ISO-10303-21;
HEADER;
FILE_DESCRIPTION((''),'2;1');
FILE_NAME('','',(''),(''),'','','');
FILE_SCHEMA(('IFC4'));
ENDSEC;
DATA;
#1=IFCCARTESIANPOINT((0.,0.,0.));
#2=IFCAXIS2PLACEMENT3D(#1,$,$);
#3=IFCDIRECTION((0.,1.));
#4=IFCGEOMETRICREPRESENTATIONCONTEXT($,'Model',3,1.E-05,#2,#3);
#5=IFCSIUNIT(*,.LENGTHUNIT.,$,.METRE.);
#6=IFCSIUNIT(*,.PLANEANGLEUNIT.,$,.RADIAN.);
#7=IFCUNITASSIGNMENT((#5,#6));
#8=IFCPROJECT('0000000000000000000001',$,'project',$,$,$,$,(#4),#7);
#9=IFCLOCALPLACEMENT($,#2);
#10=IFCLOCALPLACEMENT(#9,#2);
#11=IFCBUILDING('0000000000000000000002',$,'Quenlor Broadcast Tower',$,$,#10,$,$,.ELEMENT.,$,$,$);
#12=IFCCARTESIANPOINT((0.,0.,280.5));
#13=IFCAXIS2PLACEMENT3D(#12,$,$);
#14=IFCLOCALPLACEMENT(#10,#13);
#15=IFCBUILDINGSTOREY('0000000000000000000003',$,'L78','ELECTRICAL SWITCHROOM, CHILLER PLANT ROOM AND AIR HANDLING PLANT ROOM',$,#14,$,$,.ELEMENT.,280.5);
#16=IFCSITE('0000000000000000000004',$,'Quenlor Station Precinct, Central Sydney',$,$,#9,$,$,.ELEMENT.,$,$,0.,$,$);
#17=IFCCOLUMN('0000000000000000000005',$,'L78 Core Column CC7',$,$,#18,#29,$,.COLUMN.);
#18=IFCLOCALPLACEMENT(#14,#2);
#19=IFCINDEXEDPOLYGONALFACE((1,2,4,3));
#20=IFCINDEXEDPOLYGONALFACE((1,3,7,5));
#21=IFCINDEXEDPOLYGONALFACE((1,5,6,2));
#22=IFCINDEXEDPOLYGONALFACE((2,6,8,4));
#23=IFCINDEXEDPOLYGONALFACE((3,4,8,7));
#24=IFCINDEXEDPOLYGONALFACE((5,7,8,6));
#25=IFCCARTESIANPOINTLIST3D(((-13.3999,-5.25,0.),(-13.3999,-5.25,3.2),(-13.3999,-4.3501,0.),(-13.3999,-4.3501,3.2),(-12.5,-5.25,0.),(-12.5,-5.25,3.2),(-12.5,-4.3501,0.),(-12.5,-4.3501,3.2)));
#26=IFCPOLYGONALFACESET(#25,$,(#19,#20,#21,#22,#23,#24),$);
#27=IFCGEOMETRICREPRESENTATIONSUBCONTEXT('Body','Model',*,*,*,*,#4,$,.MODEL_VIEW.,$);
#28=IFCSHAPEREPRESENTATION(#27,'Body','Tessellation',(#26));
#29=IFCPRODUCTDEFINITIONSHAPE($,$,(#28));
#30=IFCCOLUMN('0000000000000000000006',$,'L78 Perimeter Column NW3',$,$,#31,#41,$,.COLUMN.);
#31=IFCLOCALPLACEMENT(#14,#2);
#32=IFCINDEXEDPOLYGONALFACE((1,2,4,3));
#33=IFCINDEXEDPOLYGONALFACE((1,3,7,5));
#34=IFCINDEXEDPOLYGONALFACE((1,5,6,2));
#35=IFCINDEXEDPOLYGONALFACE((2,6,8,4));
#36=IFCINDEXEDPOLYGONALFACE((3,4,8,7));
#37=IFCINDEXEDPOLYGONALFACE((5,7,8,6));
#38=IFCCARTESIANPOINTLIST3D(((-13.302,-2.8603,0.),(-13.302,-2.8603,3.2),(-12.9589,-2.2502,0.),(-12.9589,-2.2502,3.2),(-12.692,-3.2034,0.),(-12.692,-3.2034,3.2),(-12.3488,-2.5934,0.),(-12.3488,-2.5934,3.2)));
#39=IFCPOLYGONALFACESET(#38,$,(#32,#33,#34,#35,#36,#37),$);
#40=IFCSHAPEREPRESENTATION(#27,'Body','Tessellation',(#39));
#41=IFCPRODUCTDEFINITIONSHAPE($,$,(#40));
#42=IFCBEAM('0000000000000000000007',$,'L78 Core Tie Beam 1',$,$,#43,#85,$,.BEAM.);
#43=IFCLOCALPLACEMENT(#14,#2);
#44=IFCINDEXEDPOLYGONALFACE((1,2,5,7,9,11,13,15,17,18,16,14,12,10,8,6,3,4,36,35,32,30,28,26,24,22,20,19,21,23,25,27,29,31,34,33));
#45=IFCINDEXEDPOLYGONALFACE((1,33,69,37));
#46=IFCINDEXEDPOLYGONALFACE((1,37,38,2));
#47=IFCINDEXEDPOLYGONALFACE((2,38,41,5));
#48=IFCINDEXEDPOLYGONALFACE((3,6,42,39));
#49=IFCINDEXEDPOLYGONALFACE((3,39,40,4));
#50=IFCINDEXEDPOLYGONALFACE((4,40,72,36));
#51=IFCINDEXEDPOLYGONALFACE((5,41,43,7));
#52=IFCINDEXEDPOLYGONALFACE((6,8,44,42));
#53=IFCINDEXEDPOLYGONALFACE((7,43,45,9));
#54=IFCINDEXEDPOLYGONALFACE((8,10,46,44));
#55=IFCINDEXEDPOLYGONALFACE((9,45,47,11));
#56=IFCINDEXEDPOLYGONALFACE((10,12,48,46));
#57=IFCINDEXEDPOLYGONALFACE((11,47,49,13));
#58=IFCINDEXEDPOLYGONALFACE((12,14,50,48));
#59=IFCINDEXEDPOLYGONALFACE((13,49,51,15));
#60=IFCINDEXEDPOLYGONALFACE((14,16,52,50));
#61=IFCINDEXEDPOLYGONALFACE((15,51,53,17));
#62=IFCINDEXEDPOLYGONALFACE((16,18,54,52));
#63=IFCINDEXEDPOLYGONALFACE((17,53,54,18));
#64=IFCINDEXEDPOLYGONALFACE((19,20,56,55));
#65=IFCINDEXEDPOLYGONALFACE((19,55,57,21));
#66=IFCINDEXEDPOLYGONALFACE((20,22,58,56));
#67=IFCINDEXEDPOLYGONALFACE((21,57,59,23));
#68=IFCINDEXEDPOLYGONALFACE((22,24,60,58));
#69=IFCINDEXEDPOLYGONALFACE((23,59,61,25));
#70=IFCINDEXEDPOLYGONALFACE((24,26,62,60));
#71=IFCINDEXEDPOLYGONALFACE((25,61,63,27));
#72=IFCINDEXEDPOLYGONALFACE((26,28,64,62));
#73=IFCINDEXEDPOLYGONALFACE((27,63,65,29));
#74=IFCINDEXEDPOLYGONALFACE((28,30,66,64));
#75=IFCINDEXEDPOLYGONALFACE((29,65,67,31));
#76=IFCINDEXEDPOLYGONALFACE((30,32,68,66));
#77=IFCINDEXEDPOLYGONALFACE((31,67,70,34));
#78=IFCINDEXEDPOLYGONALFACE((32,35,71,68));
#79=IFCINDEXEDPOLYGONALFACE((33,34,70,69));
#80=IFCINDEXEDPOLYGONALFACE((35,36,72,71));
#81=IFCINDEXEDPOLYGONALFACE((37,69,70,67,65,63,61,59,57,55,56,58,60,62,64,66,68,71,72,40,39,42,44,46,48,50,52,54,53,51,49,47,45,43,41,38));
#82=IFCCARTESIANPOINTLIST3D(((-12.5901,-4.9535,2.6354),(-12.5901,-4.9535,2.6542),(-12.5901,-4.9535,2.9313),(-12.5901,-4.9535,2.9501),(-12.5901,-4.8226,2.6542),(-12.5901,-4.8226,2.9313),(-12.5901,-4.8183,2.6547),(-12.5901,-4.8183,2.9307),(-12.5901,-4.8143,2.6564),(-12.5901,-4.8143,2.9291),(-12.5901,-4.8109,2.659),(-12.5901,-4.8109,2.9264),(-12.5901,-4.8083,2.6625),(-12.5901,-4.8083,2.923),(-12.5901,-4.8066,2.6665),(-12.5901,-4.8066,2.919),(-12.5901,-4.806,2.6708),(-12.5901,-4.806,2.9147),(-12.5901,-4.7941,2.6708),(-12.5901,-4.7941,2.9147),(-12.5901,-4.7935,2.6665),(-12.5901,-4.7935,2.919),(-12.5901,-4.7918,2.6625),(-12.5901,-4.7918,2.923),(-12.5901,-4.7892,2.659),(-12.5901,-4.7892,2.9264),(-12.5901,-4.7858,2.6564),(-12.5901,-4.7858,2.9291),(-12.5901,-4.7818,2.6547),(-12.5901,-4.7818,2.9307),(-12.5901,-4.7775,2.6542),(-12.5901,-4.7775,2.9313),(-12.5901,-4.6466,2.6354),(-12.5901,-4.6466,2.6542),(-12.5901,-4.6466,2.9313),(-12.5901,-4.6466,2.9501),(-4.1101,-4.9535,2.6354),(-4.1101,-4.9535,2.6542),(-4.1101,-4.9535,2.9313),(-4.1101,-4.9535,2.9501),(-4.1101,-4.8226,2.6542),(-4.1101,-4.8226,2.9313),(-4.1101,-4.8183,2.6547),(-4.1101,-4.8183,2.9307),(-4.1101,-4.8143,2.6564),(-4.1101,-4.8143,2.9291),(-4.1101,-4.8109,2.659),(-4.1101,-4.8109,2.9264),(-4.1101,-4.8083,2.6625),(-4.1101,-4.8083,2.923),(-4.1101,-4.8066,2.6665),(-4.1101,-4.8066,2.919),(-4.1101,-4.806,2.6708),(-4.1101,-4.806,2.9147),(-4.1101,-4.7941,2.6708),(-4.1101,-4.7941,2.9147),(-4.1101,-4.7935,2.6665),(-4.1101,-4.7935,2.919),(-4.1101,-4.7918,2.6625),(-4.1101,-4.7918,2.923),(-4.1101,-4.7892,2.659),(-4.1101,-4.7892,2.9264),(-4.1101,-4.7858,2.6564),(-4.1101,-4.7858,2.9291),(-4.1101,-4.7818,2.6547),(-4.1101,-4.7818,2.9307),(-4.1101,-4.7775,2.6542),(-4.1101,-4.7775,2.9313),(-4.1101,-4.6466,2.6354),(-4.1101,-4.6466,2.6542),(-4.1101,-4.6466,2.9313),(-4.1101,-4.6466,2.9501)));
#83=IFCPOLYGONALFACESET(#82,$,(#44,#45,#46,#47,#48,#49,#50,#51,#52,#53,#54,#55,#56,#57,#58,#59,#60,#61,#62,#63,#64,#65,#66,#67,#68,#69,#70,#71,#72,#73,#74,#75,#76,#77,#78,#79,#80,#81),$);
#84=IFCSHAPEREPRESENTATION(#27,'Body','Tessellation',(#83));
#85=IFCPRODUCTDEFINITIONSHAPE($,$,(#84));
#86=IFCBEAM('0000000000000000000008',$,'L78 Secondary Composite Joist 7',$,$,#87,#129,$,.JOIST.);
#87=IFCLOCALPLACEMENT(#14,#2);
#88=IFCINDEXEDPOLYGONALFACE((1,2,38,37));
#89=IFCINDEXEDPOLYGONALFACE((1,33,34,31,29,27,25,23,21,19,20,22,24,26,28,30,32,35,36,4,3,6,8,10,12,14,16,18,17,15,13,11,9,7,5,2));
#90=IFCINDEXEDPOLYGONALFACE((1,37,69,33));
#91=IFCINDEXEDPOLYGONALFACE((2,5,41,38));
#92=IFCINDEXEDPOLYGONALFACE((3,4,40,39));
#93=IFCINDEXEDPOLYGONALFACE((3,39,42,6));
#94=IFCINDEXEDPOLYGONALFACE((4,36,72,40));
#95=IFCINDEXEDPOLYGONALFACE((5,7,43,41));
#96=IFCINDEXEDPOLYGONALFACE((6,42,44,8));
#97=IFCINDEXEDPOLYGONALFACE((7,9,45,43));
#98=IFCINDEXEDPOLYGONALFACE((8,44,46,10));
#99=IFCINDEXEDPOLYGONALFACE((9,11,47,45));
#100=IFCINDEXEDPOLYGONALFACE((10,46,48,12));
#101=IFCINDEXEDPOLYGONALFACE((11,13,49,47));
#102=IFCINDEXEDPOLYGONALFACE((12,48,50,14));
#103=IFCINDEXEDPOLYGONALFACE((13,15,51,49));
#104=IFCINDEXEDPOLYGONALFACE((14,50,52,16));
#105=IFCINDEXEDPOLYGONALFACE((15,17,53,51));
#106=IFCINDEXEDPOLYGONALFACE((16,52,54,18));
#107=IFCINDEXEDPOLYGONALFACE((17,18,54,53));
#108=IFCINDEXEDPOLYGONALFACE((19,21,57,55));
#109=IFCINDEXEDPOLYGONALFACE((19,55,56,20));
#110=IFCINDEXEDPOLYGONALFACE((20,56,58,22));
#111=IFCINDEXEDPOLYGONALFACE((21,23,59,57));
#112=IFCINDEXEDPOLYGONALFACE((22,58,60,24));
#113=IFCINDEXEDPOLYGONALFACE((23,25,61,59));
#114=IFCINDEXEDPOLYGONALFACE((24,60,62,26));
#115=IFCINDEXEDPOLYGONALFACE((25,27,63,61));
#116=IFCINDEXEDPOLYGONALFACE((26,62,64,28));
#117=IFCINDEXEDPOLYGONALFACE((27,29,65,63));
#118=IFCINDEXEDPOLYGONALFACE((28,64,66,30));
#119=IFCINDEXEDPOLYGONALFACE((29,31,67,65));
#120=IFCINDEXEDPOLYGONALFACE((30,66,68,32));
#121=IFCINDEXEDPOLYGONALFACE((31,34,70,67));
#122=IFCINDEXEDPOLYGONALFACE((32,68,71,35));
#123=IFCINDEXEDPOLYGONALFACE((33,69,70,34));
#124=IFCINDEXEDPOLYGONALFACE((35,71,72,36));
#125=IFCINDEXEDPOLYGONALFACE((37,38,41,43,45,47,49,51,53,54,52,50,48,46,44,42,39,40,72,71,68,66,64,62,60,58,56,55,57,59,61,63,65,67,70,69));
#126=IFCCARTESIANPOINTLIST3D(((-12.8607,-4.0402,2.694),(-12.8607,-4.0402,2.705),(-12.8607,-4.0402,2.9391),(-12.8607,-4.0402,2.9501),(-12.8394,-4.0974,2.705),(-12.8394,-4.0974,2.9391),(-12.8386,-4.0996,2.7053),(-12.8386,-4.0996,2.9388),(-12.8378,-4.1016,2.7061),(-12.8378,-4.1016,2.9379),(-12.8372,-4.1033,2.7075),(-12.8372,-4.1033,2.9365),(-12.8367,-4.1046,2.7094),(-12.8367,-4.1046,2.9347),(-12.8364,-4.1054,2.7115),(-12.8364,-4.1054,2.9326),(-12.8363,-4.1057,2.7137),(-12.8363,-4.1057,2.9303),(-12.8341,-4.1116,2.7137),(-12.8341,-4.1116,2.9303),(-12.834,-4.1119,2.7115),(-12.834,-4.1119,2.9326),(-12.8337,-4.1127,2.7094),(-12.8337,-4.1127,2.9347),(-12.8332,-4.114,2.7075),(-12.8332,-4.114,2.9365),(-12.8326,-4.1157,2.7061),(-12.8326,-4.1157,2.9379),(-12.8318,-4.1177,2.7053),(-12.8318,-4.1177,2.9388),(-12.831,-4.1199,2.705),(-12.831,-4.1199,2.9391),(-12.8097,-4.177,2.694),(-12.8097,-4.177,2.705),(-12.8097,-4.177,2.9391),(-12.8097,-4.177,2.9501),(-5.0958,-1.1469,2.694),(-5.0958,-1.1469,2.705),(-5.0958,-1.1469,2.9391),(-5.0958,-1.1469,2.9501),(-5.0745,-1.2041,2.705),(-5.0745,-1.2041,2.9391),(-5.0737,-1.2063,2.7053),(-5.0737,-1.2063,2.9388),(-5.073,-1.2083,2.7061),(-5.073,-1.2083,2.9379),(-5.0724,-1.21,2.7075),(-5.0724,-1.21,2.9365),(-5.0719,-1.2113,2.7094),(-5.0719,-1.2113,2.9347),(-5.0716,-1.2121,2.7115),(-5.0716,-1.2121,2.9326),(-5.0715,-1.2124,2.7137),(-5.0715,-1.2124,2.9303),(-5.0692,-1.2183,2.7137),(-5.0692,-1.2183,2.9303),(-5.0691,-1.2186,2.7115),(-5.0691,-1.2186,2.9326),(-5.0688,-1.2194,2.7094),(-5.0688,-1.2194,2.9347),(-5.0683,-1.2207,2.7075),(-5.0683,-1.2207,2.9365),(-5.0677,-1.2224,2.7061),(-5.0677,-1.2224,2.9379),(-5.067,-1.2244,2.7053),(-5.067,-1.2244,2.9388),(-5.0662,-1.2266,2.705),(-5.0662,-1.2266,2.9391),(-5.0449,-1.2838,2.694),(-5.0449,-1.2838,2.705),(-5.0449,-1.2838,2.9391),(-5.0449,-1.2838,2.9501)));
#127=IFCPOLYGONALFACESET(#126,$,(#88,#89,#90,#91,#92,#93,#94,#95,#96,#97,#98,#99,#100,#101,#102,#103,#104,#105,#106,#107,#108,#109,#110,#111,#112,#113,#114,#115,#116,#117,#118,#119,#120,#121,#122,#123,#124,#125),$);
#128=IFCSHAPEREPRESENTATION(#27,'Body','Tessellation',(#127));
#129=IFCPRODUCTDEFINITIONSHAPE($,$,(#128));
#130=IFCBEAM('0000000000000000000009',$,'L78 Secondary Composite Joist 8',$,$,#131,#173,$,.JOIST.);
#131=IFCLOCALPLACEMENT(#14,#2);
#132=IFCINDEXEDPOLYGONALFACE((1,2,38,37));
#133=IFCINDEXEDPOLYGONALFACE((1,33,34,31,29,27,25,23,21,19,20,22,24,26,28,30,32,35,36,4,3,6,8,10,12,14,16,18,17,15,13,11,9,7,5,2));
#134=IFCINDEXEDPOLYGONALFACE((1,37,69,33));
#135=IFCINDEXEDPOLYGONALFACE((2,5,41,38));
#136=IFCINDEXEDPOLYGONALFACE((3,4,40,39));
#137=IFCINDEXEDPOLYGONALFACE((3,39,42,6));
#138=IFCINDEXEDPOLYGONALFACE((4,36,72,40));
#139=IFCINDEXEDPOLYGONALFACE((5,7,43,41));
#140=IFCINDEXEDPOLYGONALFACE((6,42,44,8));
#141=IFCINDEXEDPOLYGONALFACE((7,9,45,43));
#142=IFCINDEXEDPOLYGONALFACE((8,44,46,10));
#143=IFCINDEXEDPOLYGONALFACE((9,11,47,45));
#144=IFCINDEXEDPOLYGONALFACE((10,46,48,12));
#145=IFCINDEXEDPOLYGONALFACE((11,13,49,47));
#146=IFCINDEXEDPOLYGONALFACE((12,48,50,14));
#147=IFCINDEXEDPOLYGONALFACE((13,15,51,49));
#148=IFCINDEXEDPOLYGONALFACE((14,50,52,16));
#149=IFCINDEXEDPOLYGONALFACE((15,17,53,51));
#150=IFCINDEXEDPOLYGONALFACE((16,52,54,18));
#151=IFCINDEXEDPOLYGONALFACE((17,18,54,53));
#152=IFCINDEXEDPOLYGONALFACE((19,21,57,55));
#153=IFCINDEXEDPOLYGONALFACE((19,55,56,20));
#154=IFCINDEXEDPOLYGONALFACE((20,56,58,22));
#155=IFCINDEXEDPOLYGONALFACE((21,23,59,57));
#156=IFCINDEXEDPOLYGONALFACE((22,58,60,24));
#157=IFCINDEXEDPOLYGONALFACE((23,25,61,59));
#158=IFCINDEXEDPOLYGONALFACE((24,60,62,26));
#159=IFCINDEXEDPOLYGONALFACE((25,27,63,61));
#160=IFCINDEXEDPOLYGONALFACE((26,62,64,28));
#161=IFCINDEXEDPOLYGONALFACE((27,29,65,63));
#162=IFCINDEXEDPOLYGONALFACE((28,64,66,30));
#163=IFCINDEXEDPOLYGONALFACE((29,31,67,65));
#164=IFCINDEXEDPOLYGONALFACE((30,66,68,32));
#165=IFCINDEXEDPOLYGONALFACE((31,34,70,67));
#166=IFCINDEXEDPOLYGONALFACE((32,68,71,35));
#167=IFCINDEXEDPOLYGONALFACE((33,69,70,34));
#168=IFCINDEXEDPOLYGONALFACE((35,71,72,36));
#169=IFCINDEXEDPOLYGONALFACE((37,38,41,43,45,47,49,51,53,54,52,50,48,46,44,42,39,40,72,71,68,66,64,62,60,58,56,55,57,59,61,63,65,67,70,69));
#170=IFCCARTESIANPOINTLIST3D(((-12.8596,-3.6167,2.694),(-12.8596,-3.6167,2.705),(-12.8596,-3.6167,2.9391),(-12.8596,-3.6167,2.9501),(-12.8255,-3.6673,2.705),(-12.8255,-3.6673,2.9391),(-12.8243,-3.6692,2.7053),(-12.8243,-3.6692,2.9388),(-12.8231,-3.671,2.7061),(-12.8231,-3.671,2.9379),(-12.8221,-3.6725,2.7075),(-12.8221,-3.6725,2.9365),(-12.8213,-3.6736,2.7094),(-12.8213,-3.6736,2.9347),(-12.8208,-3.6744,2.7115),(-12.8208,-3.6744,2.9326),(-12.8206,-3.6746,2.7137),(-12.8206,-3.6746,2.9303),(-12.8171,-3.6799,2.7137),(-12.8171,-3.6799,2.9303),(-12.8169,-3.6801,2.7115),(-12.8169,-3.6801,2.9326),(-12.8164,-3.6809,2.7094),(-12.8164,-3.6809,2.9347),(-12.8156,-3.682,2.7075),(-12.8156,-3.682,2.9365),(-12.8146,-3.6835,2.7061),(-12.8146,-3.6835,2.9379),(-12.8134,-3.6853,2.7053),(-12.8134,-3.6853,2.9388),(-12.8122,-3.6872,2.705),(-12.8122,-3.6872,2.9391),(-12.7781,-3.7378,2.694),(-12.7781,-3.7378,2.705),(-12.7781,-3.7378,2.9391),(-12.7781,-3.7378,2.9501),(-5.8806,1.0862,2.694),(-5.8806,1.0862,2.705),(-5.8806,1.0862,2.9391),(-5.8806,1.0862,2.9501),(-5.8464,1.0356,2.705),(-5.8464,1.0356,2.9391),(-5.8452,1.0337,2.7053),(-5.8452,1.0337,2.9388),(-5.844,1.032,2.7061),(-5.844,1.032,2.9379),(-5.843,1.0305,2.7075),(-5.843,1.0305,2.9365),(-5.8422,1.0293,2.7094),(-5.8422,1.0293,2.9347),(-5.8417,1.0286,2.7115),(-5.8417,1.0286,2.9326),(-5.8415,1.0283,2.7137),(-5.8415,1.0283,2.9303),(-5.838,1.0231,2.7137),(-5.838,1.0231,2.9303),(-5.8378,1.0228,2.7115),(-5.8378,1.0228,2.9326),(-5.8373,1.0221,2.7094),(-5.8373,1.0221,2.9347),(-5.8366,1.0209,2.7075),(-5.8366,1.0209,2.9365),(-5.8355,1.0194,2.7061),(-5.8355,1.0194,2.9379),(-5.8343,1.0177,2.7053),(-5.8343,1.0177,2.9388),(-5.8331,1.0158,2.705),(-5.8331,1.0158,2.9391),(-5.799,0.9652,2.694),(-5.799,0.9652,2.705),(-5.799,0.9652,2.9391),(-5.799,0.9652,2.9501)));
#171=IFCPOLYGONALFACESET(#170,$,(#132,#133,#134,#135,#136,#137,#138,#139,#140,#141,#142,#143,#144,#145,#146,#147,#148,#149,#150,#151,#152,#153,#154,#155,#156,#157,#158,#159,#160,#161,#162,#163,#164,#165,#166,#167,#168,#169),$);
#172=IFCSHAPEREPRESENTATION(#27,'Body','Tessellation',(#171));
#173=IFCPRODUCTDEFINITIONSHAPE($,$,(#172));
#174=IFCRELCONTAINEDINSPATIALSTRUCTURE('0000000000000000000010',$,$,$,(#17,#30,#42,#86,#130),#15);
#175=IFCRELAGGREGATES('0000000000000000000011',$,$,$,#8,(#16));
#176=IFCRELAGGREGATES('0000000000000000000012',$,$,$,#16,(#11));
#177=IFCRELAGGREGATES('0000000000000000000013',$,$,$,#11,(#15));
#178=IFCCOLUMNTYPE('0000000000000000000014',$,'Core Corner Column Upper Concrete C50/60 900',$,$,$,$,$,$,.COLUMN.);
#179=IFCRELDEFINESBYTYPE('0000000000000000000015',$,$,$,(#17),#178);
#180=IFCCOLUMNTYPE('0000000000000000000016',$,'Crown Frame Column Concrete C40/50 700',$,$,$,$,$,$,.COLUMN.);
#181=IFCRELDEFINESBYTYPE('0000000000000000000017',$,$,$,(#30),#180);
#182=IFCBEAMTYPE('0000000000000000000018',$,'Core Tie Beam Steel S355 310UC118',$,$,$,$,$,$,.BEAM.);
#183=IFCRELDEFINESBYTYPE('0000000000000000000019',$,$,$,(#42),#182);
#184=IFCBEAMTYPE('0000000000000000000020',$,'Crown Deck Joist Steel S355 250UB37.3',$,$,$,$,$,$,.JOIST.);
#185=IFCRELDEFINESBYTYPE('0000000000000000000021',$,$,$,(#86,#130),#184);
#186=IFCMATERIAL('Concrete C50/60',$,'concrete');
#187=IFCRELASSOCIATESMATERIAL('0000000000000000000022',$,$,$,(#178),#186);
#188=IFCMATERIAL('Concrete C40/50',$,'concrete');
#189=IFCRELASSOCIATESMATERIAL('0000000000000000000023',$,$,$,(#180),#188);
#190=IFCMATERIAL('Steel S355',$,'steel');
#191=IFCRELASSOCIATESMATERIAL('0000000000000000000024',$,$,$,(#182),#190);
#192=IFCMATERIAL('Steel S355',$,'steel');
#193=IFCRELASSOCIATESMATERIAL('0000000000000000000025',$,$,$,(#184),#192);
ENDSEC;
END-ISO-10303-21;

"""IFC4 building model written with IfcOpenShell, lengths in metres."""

from ifc_helpers import new_model, si_unit, direction, frame, origin, origin_2d, place, context, subcontext, project, spatial, rectangle, i_section, extrude, material, material_profile, profile_set, type_object, element, save


model = new_model("IFC4")

# Units and contexts
model_context = context("Model", 3, precision=1e-05, world=origin(), true_north=direction((0.0, 1.0)))
body_context = subcontext(model_context, "Body", "Model", "MODEL_VIEW")
ifc_project = project(units=[si_unit("LENGTHUNIT", "METRE"), si_unit("PLANEANGLEUNIT", "RADIAN")], contexts=[model_context])

# Site, building, storey
site_placement = place(None, origin())
site = spatial("IfcSite", under=ifc_project, at=site_placement, Name="Quenlor Station Precinct, Central Sydney", CompositionType="ELEMENT", RefElevation=0.0)
building_placement = place(site_placement, origin())
building = spatial("IfcBuilding", under=site, at=building_placement, Name="Quenlor Broadcast Tower", CompositionType="ELEMENT")
storey_placement = place(building_placement, frame((0.0, 0.0, 280.5)))
storey = spatial("IfcBuildingStorey", under=building, at=storey_placement, Name="L78", Description="ELECTRICAL SWITCHROOM, CHILLER PLANT ROOM AND AIR HANDLING PLANT ROOM", CompositionType="ELEMENT", Elevation=280.5)

# Columns
ifc_material_1 = material(Name="Concrete C50/60", Category="concrete")
ifc_material_profile_1 = material_profile(ifc_material_1, rectangle(XDim=0.8999, YDim=0.8999, at=origin_2d()))
ifc_profile_set_1 = profile_set([ifc_material_profile_1], Name="Concrete C50/60 RC900x900")
column_type_1 = type_object("IfcColumnType", Name="Core Corner Column Upper Concrete C50/60 900", PredefinedType="COLUMN", material=ifc_profile_set_1)
column_1_placement = place(storey_placement, frame((-12.95, -4.8, 0.0), z_axis=(0.0, 0.0, 1.0), x_axis=(1.0, 0.0, 0.0)))
element("IfcColumn", 1, at=column_1_placement, inside=storey, type_object=column_type_1, Name="L78 Core Column CC7", PredefinedType="COLUMN", context=body_context, shape_type="SweptSolid", body=[
    extrude(rectangle(XDim=0.8999, YDim=0.8999, at=origin_2d()), origin(), (0.0, 0.0, 1.0), 3.2),
])
ifc_material_2 = material(Name="Concrete C40/50", Category="concrete")
ifc_material_profile_2 = material_profile(ifc_material_2, rectangle(XDim=0.7, YDim=0.7, at=origin_2d()))
ifc_profile_set_2 = profile_set([ifc_material_profile_2], Name="Concrete C40/50 RC700x700")
column_type_2 = type_object("IfcColumnType", Name="Crown Frame Column Concrete C40/50 700", PredefinedType="COLUMN", material=ifc_profile_set_2)
column_2_placement = place(storey_placement, frame((-12.8254, -2.7268, 0.0), z_axis=(0.0, 0.0, 1.0), x_axis=(-0.871575, 0.490262, 0.0)))
element("IfcColumn", 2, at=column_2_placement, inside=storey, type_object=column_type_2, Name="L78 Perimeter Column NW3", PredefinedType="COLUMN", context=body_context, shape_type="SweptSolid", body=[
    extrude(rectangle(XDim=0.7, YDim=0.7, at=origin_2d()), origin(), (0.0, 0.0, 1.0), 3.2),
])

# Beams
ifc_material_3 = material(Name="Steel S355", Category="steel")
ifc_material_profile_3 = material_profile(ifc_material_3, i_section(OverallWidth=0.3069, OverallDepth=0.3147, WebThickness=0.012, FlangeThickness=0.0188, FilletRadius=0.0166, at=origin_2d()))
ifc_profile_set_3 = profile_set([ifc_material_profile_3], Name="Steel S355 310UC118")
beam_type_1 = type_object("IfcBeamType", Name="Core Tie Beam Steel S355 310UC118", PredefinedType="BEAM", material=ifc_profile_set_3)
beam_1_placement = place(storey_placement, frame((-12.5901, -4.8, 2.7927), z_axis=(1.0, 0.0, 0.0), x_axis=(0.0, 1.0, 0.0)))
element("IfcBeam", 3, at=beam_1_placement, inside=storey, type_object=beam_type_1, Name="L78 Core Tie Beam 1", PredefinedType="BEAM", context=body_context, shape_type="SweptSolid", body=[
    extrude(i_section(OverallWidth=0.3069, OverallDepth=0.3147, WebThickness=0.012, FlangeThickness=0.0188, FilletRadius=0.0166, at=origin_2d()), origin(), (0.0, 0.0, 1.0), 8.48),
])
ifc_material_4 = material(Name="Steel S355", Category="steel")
ifc_material_profile_4 = material_profile(ifc_material_4, i_section(OverallWidth=0.146, OverallDepth=0.2561, WebThickness=0.0063, FlangeThickness=0.011, FilletRadius=0.0088, at=origin_2d()))
ifc_profile_set_4 = profile_set([ifc_material_profile_4], Name="Steel S355 250UB37.3")
beam_type_2 = type_object("IfcBeamType", Name="Crown Deck Joist Steel S355 250UB37.3", PredefinedType="JOIST", material=ifc_profile_set_4)
beam_2_placement = place(storey_placement, frame((-12.8352, -4.1086, 2.822), z_axis=(0.937062, 0.349163, 0.0), x_axis=(-0.349163, 0.937062, 0.0)))
element("IfcBeam", 4, at=beam_2_placement, inside=storey, type_object=beam_type_2, Name="L78 Secondary Composite Joist 7", PredefinedType="JOIST", context=body_context, shape_type="SweptSolid", body=[
    extrude(i_section(OverallWidth=0.146, OverallDepth=0.2561, WebThickness=0.0063, FlangeThickness=0.011, FilletRadius=0.0088, at=origin_2d()), origin(), (0.0, 0.0, 1.0), 8.2864),
])
beam_3_placement = place(storey_placement, frame((-12.8188, -3.6772, 2.822), z_axis=(0.829286, 0.558824, 0.0), x_axis=(-0.558824, 0.829286, 0.0)))
element("IfcBeam", 5, at=beam_3_placement, inside=storey, type_object=beam_type_2, Name="L78 Secondary Composite Joist 8", PredefinedType="JOIST", context=body_context, shape_type="SweptSolid", body=[
    extrude(i_section(OverallWidth=0.146, OverallDepth=0.2561, WebThickness=0.0063, FlangeThickness=0.011, FilletRadius=0.0088, at=origin_2d()), origin(), (0.0, 0.0, 1.0), 8.4158),
])

save(model, "model.ifc")
